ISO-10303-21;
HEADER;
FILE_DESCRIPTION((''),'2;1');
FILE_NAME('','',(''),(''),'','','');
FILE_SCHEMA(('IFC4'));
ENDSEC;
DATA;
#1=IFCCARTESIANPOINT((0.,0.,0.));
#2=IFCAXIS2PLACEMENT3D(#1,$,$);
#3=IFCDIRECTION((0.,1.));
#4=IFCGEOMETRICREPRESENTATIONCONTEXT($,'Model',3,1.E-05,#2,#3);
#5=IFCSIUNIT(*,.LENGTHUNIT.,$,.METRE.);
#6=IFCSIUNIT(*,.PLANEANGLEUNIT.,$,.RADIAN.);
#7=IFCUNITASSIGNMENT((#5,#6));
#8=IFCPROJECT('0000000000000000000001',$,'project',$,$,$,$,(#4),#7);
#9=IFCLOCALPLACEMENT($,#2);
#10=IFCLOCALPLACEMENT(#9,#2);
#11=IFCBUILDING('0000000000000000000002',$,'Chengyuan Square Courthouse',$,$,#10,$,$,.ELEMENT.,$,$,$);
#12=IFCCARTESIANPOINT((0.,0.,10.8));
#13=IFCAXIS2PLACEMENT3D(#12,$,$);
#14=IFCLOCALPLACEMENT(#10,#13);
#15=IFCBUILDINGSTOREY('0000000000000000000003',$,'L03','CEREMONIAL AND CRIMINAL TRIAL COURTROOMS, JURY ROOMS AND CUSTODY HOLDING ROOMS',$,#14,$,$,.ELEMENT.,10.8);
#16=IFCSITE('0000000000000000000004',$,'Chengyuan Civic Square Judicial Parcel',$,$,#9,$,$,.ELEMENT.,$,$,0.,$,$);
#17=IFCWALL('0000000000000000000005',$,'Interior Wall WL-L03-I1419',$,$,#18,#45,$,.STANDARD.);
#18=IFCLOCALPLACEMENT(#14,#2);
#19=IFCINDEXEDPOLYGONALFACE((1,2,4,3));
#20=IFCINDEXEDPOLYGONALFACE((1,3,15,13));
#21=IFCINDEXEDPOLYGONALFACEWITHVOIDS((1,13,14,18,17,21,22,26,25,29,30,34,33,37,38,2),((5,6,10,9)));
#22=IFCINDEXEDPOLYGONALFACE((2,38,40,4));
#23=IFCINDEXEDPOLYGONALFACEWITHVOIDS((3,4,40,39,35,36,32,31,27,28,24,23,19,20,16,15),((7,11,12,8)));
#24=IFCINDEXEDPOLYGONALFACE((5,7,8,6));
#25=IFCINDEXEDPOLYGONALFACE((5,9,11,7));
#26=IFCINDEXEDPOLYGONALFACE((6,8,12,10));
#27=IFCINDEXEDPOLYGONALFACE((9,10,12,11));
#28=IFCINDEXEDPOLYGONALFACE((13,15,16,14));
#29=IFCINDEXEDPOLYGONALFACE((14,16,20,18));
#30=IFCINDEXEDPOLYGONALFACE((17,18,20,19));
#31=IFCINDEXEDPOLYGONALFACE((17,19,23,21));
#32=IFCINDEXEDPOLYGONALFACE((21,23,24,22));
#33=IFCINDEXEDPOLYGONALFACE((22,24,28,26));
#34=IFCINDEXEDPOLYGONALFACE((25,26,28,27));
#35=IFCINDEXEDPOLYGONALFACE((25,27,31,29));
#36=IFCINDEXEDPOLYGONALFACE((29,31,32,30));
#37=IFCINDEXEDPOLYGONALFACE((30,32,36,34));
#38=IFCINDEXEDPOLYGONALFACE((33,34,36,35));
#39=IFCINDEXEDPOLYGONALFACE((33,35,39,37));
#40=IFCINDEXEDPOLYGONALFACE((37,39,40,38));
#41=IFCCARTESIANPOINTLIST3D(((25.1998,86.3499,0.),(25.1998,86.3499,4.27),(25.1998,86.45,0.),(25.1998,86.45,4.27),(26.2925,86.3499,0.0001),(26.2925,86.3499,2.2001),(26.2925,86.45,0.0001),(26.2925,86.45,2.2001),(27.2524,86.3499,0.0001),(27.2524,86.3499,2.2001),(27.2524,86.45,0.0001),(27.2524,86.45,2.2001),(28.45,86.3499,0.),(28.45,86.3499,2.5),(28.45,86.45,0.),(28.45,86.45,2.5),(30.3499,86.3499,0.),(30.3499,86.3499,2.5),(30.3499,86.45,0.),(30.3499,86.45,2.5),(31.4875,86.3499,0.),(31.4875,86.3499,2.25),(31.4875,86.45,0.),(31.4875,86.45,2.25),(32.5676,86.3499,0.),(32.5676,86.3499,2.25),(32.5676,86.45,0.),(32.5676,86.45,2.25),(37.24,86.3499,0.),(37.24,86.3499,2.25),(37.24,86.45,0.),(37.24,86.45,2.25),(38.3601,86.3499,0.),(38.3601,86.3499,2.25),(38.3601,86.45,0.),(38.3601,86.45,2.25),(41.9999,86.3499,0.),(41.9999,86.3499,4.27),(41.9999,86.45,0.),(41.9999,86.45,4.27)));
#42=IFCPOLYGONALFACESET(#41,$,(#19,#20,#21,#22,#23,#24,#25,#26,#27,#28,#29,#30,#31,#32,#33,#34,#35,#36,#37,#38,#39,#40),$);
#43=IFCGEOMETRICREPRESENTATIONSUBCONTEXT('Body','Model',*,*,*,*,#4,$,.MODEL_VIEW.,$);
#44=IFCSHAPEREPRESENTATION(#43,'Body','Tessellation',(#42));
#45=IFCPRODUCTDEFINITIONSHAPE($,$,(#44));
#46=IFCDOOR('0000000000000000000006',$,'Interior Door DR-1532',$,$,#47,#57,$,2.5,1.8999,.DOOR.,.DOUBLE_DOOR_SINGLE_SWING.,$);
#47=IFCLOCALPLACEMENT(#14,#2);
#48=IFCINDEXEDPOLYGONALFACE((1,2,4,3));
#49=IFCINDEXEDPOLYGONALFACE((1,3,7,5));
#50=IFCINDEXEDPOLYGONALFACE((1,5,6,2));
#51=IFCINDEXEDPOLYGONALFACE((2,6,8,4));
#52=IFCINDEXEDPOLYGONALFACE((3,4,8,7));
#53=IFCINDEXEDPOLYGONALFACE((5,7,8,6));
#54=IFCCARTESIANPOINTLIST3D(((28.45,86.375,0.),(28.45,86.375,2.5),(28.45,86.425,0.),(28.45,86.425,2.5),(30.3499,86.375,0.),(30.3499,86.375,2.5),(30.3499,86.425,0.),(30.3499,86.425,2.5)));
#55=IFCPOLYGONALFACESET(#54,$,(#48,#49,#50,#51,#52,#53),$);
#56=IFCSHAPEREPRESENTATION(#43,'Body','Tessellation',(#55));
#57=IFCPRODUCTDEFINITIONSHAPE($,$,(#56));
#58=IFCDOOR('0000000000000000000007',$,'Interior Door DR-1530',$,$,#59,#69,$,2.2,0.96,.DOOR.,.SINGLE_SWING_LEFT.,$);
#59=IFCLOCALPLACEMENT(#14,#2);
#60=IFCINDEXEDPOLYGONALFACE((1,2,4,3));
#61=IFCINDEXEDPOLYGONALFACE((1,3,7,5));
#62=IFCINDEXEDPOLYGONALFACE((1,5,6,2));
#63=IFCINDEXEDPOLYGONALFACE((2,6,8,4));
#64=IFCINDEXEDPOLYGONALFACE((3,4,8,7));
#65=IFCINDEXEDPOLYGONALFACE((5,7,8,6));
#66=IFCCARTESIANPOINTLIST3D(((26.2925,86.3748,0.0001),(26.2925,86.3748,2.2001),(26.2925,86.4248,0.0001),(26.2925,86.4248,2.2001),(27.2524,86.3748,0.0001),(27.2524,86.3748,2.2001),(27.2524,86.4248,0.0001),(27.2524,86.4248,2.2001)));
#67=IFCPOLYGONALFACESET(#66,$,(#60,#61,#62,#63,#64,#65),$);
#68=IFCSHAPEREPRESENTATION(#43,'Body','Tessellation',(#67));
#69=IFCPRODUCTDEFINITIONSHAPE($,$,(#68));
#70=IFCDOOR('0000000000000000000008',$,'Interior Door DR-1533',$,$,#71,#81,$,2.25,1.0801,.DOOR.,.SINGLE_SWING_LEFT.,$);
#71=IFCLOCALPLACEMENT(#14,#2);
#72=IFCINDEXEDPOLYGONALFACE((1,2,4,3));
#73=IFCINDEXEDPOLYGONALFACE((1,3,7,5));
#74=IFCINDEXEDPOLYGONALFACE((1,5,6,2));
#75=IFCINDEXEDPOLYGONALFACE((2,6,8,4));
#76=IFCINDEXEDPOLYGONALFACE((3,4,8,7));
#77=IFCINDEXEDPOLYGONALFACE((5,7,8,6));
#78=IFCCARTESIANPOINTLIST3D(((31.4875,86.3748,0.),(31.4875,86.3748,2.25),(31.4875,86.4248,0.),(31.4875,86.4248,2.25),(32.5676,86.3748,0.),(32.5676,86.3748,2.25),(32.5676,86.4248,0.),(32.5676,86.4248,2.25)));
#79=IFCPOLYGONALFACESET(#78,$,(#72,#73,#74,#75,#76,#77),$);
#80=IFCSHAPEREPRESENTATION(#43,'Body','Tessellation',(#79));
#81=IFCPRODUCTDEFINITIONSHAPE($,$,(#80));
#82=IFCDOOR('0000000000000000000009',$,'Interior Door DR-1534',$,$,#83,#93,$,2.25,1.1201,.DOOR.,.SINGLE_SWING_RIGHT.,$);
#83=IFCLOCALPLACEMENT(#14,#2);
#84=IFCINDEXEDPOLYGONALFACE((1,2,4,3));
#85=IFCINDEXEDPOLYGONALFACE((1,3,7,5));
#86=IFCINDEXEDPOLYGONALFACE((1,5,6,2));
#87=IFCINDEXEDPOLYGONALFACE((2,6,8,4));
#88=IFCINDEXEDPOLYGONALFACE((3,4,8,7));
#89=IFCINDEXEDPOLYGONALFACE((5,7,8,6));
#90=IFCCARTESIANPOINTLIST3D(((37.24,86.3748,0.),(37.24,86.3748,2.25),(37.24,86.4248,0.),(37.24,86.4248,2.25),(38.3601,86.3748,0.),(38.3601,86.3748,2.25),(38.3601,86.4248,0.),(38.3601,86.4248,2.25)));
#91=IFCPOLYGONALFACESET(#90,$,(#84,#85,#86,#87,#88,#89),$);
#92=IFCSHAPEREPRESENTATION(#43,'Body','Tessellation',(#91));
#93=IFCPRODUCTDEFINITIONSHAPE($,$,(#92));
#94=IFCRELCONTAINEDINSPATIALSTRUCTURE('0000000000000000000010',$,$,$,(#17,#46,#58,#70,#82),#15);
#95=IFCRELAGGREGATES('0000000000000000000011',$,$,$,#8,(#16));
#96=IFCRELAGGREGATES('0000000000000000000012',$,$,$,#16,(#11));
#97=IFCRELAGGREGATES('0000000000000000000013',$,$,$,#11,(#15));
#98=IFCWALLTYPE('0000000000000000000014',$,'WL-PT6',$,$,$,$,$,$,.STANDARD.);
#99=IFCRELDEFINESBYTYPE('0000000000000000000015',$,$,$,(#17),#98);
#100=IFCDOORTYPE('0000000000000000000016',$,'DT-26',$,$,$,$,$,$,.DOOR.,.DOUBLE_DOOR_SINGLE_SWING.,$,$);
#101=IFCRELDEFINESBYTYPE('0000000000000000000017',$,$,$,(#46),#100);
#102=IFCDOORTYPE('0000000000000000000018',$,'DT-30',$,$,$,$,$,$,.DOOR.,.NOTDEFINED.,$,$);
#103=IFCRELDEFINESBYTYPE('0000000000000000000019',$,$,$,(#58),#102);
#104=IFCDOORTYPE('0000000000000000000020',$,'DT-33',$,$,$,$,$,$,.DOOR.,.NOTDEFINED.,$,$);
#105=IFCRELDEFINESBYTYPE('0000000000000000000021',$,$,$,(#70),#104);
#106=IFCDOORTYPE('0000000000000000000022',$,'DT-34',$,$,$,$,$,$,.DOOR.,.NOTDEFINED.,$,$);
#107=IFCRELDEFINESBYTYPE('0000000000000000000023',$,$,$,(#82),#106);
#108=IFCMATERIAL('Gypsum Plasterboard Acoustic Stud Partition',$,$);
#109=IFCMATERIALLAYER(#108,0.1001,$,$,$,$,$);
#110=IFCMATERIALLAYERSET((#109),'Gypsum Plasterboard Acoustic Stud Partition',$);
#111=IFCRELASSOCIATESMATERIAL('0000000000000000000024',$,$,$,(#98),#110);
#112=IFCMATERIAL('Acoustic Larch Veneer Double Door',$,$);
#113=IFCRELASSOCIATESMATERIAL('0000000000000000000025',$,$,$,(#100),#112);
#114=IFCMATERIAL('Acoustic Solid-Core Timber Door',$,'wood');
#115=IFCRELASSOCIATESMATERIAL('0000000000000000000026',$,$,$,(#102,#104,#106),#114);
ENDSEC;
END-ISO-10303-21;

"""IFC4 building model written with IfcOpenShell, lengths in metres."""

from ifc_helpers import new_model, si_unit, direction, frame, frame_2d, origin, place, context, subcontext, project, spatial, rectangle, extrude, material, layer, layer_set, type_object, element, fill, save


model = new_model("IFC4")

# Units and contexts
model_context = context("Model", 3, precision=1e-05, world=origin(), true_north=direction((0.0, 1.0)))
body_context = subcontext(model_context, "Body", "Model", "MODEL_VIEW")
ifc_project = project(units=[si_unit("LENGTHUNIT", "METRE"), si_unit("PLANEANGLEUNIT", "RADIAN")], contexts=[model_context])

# Site, building, storey
site_placement = place(None, origin())
site = spatial("IfcSite", under=ifc_project, at=site_placement, Name="Chengyuan Civic Square Judicial Parcel", CompositionType="ELEMENT", RefElevation=0.0)
building_placement = place(site_placement, origin())
building = spatial("IfcBuilding", under=site, at=building_placement, Name="Chengyuan Square Courthouse", CompositionType="ELEMENT")
storey_placement = place(building_placement, frame((0.0, 0.0, 10.8)))
storey = spatial("IfcBuildingStorey", under=building, at=storey_placement, Name="L03", Description="CEREMONIAL AND CRIMINAL TRIAL COURTROOMS, JURY ROOMS AND CUSTODY HOLDING ROOMS", CompositionType="ELEMENT", Elevation=10.8)

# Wall, openings, doors
ifc_material_1 = material(Name="Gypsum Plasterboard Acoustic Stud Partition")
ifc_layer_1 = layer(ifc_material_1, 0.1001)
ifc_layer_set_1 = layer_set([ifc_layer_1], Name="Gypsum Plasterboard Acoustic Stud Partition")
wall_type_1 = type_object("IfcWallType", Name="WL-PT6", PredefinedType="STANDARD", material=ifc_layer_set_1)
wall_1_placement = place(storey_placement, frame((25.2, 86.3999, 0.0), z_axis=(0.0, 0.0, 1.0), x_axis=(1.0, 0.0, 0.0)))
wall_1 = element("IfcWall", 1, at=wall_1_placement, inside=storey, type_object=wall_type_1, Name="Interior Wall WL-L03-I1419", PredefinedType="STANDARD", context=body_context, shape_type="SweptSolid", body=[
    extrude(rectangle(XDim=16.8, YDim=0.1001, at=frame_2d((8.3999, 0.0))), origin(), (0.0, 0.0, 1.0), 4.27),
])
opening_1_placement = place(wall_1_placement, frame((1.0925, 0.0, 0.0)))
opening_1 = element("IfcOpeningElement", 2, at=opening_1_placement, cuts=wall_1, PredefinedType="OPENING", context=body_context, shape_type="SweptSolid", body=[
    extrude(rectangle(XDim=0.96, YDim=2.2, at=frame_2d((0.48, 1.1001))), frame((0.0, 0.062, 0.0), z_axis=(0.0, -1.0, 0.0), x_axis=(1.0, 0.0, 0.0)), (0.0, 0.0, 1.0), 0.124),
])
opening_2_placement = place(wall_1_placement, frame((3.25, 0.0, 0.0)))
opening_2 = element("IfcOpeningElement", 3, at=opening_2_placement, cuts=wall_1, PredefinedType="OPENING", context=body_context, shape_type="SweptSolid", body=[
    extrude(rectangle(XDim=1.8999, YDim=2.5, at=frame_2d((0.95, 1.25))), frame((0.0, 0.062, 0.0), z_axis=(0.0, -1.0, 0.0), x_axis=(1.0, 0.0, 0.0)), (0.0, 0.0, 1.0), 0.124),
])
opening_3_placement = place(wall_1_placement, frame((6.2876, 0.0, 0.0)))
opening_3 = element("IfcOpeningElement", 4, at=opening_3_placement, cuts=wall_1, PredefinedType="OPENING", context=body_context, shape_type="SweptSolid", body=[
    extrude(rectangle(XDim=1.0801, YDim=2.25, at=frame_2d((0.54, 1.125))), frame((0.0, 0.062, 0.0), z_axis=(0.0, -1.0, 0.0), x_axis=(1.0, 0.0, 0.0)), (0.0, 0.0, 1.0), 0.124),
])
opening_4_placement = place(wall_1_placement, frame((12.04, 0.0, 0.0)))
opening_4 = element("IfcOpeningElement", 5, at=opening_4_placement, cuts=wall_1, PredefinedType="OPENING", context=body_context, shape_type="SweptSolid", body=[
    extrude(rectangle(XDim=1.1201, YDim=2.25, at=frame_2d((0.5601, 1.125))), frame((0.0, 0.062, 0.0), z_axis=(0.0, -1.0, 0.0), x_axis=(1.0, 0.0, 0.0)), (0.0, 0.0, 1.0), 0.124),
])
ifc_material_2 = material(Name="Acoustic Larch Veneer Double Door")
door_type_1 = type_object("IfcDoorType", Name="DT-26", OperationType="DOUBLE_DOOR_SINGLE_SWING", PredefinedType="DOOR", material=ifc_material_2)
door_1_placement = place(opening_2_placement, frame((1.8999, 0.0, 0.0), z_axis=(0.0, 0.0, 1.0), x_axis=(-1.0, 0.0, 0.0)))
door_1 = element("IfcDoor", 6, at=door_1_placement, inside=storey, type_object=door_type_1, Name="Interior Door DR-1532", OperationType="DOUBLE_DOOR_SINGLE_SWING", OverallHeight=2.5, OverallWidth=1.8999, PredefinedType="DOOR", context=body_context, shape_type="SweptSolid", body=[
    extrude(rectangle(XDim=1.8999, YDim=2.5, at=frame_2d((0.95, 1.25))), frame((0.0, 0.0249, 0.0), z_axis=(0.0, -1.0, 0.0), x_axis=(1.0, 0.0, 0.0)), (0.0, 0.0, 1.0), 0.05),
])
fill(opening_2, door_1)
ifc_material_3 = material(Name="Acoustic Solid-Core Timber Door", Category="wood")
door_type_2 = type_object("IfcDoorType", Name="DT-30", OperationType="NOTDEFINED", PredefinedType="DOOR", material=ifc_material_3)
door_2_placement = place(opening_1_placement, origin())
door_2 = element("IfcDoor", 7, at=door_2_placement, inside=storey, type_object=door_type_2, Name="Interior Door DR-1530", OperationType="SINGLE_SWING_LEFT", OverallHeight=2.2, OverallWidth=0.96, PredefinedType="DOOR", context=body_context, shape_type="SweptSolid", body=[
    extrude(rectangle(XDim=0.96, YDim=2.2, at=frame_2d((0.48, 1.1001))), frame((0.0, 0.0249, 0.0), z_axis=(0.0, -1.0, 0.0), x_axis=(1.0, 0.0, 0.0)), (0.0, 0.0, 1.0), 0.05),
])
fill(opening_1, door_2)
door_type_3 = type_object("IfcDoorType", Name="DT-33", OperationType="NOTDEFINED", PredefinedType="DOOR", material=ifc_material_3)
door_3_placement = place(opening_3_placement, origin())
door_3 = element("IfcDoor", 8, at=door_3_placement, inside=storey, type_object=door_type_3, Name="Interior Door DR-1533", OperationType="SINGLE_SWING_LEFT", OverallHeight=2.25, OverallWidth=1.0801, PredefinedType="DOOR", context=body_context, shape_type="SweptSolid", body=[
    extrude(rectangle(XDim=1.0801, YDim=2.25, at=frame_2d((0.54, 1.125))), frame((0.0, 0.0249, 0.0), z_axis=(0.0, -1.0, 0.0), x_axis=(1.0, 0.0, 0.0)), (0.0, 0.0, 1.0), 0.05),
])
fill(opening_3, door_3)
door_type_4 = type_object("IfcDoorType", Name="DT-34", OperationType="NOTDEFINED", PredefinedType="DOOR", material=ifc_material_3)
door_4_placement = place(opening_4_placement, origin())
door_4 = element("IfcDoor", 9, at=door_4_placement, inside=storey, type_object=door_type_4, Name="Interior Door DR-1534", OperationType="SINGLE_SWING_RIGHT", OverallHeight=2.25, OverallWidth=1.1201, PredefinedType="DOOR", context=body_context, shape_type="SweptSolid", body=[
    extrude(rectangle(XDim=1.1201, YDim=2.25, at=frame_2d((0.5601, 1.125))), frame((0.0, 0.0249, 0.0), z_axis=(0.0, -1.0, 0.0), x_axis=(1.0, 0.0, 0.0)), (0.0, 0.0, 1.0), 0.05),
])
fill(opening_4, door_4)

save(model, "model.ifc")
